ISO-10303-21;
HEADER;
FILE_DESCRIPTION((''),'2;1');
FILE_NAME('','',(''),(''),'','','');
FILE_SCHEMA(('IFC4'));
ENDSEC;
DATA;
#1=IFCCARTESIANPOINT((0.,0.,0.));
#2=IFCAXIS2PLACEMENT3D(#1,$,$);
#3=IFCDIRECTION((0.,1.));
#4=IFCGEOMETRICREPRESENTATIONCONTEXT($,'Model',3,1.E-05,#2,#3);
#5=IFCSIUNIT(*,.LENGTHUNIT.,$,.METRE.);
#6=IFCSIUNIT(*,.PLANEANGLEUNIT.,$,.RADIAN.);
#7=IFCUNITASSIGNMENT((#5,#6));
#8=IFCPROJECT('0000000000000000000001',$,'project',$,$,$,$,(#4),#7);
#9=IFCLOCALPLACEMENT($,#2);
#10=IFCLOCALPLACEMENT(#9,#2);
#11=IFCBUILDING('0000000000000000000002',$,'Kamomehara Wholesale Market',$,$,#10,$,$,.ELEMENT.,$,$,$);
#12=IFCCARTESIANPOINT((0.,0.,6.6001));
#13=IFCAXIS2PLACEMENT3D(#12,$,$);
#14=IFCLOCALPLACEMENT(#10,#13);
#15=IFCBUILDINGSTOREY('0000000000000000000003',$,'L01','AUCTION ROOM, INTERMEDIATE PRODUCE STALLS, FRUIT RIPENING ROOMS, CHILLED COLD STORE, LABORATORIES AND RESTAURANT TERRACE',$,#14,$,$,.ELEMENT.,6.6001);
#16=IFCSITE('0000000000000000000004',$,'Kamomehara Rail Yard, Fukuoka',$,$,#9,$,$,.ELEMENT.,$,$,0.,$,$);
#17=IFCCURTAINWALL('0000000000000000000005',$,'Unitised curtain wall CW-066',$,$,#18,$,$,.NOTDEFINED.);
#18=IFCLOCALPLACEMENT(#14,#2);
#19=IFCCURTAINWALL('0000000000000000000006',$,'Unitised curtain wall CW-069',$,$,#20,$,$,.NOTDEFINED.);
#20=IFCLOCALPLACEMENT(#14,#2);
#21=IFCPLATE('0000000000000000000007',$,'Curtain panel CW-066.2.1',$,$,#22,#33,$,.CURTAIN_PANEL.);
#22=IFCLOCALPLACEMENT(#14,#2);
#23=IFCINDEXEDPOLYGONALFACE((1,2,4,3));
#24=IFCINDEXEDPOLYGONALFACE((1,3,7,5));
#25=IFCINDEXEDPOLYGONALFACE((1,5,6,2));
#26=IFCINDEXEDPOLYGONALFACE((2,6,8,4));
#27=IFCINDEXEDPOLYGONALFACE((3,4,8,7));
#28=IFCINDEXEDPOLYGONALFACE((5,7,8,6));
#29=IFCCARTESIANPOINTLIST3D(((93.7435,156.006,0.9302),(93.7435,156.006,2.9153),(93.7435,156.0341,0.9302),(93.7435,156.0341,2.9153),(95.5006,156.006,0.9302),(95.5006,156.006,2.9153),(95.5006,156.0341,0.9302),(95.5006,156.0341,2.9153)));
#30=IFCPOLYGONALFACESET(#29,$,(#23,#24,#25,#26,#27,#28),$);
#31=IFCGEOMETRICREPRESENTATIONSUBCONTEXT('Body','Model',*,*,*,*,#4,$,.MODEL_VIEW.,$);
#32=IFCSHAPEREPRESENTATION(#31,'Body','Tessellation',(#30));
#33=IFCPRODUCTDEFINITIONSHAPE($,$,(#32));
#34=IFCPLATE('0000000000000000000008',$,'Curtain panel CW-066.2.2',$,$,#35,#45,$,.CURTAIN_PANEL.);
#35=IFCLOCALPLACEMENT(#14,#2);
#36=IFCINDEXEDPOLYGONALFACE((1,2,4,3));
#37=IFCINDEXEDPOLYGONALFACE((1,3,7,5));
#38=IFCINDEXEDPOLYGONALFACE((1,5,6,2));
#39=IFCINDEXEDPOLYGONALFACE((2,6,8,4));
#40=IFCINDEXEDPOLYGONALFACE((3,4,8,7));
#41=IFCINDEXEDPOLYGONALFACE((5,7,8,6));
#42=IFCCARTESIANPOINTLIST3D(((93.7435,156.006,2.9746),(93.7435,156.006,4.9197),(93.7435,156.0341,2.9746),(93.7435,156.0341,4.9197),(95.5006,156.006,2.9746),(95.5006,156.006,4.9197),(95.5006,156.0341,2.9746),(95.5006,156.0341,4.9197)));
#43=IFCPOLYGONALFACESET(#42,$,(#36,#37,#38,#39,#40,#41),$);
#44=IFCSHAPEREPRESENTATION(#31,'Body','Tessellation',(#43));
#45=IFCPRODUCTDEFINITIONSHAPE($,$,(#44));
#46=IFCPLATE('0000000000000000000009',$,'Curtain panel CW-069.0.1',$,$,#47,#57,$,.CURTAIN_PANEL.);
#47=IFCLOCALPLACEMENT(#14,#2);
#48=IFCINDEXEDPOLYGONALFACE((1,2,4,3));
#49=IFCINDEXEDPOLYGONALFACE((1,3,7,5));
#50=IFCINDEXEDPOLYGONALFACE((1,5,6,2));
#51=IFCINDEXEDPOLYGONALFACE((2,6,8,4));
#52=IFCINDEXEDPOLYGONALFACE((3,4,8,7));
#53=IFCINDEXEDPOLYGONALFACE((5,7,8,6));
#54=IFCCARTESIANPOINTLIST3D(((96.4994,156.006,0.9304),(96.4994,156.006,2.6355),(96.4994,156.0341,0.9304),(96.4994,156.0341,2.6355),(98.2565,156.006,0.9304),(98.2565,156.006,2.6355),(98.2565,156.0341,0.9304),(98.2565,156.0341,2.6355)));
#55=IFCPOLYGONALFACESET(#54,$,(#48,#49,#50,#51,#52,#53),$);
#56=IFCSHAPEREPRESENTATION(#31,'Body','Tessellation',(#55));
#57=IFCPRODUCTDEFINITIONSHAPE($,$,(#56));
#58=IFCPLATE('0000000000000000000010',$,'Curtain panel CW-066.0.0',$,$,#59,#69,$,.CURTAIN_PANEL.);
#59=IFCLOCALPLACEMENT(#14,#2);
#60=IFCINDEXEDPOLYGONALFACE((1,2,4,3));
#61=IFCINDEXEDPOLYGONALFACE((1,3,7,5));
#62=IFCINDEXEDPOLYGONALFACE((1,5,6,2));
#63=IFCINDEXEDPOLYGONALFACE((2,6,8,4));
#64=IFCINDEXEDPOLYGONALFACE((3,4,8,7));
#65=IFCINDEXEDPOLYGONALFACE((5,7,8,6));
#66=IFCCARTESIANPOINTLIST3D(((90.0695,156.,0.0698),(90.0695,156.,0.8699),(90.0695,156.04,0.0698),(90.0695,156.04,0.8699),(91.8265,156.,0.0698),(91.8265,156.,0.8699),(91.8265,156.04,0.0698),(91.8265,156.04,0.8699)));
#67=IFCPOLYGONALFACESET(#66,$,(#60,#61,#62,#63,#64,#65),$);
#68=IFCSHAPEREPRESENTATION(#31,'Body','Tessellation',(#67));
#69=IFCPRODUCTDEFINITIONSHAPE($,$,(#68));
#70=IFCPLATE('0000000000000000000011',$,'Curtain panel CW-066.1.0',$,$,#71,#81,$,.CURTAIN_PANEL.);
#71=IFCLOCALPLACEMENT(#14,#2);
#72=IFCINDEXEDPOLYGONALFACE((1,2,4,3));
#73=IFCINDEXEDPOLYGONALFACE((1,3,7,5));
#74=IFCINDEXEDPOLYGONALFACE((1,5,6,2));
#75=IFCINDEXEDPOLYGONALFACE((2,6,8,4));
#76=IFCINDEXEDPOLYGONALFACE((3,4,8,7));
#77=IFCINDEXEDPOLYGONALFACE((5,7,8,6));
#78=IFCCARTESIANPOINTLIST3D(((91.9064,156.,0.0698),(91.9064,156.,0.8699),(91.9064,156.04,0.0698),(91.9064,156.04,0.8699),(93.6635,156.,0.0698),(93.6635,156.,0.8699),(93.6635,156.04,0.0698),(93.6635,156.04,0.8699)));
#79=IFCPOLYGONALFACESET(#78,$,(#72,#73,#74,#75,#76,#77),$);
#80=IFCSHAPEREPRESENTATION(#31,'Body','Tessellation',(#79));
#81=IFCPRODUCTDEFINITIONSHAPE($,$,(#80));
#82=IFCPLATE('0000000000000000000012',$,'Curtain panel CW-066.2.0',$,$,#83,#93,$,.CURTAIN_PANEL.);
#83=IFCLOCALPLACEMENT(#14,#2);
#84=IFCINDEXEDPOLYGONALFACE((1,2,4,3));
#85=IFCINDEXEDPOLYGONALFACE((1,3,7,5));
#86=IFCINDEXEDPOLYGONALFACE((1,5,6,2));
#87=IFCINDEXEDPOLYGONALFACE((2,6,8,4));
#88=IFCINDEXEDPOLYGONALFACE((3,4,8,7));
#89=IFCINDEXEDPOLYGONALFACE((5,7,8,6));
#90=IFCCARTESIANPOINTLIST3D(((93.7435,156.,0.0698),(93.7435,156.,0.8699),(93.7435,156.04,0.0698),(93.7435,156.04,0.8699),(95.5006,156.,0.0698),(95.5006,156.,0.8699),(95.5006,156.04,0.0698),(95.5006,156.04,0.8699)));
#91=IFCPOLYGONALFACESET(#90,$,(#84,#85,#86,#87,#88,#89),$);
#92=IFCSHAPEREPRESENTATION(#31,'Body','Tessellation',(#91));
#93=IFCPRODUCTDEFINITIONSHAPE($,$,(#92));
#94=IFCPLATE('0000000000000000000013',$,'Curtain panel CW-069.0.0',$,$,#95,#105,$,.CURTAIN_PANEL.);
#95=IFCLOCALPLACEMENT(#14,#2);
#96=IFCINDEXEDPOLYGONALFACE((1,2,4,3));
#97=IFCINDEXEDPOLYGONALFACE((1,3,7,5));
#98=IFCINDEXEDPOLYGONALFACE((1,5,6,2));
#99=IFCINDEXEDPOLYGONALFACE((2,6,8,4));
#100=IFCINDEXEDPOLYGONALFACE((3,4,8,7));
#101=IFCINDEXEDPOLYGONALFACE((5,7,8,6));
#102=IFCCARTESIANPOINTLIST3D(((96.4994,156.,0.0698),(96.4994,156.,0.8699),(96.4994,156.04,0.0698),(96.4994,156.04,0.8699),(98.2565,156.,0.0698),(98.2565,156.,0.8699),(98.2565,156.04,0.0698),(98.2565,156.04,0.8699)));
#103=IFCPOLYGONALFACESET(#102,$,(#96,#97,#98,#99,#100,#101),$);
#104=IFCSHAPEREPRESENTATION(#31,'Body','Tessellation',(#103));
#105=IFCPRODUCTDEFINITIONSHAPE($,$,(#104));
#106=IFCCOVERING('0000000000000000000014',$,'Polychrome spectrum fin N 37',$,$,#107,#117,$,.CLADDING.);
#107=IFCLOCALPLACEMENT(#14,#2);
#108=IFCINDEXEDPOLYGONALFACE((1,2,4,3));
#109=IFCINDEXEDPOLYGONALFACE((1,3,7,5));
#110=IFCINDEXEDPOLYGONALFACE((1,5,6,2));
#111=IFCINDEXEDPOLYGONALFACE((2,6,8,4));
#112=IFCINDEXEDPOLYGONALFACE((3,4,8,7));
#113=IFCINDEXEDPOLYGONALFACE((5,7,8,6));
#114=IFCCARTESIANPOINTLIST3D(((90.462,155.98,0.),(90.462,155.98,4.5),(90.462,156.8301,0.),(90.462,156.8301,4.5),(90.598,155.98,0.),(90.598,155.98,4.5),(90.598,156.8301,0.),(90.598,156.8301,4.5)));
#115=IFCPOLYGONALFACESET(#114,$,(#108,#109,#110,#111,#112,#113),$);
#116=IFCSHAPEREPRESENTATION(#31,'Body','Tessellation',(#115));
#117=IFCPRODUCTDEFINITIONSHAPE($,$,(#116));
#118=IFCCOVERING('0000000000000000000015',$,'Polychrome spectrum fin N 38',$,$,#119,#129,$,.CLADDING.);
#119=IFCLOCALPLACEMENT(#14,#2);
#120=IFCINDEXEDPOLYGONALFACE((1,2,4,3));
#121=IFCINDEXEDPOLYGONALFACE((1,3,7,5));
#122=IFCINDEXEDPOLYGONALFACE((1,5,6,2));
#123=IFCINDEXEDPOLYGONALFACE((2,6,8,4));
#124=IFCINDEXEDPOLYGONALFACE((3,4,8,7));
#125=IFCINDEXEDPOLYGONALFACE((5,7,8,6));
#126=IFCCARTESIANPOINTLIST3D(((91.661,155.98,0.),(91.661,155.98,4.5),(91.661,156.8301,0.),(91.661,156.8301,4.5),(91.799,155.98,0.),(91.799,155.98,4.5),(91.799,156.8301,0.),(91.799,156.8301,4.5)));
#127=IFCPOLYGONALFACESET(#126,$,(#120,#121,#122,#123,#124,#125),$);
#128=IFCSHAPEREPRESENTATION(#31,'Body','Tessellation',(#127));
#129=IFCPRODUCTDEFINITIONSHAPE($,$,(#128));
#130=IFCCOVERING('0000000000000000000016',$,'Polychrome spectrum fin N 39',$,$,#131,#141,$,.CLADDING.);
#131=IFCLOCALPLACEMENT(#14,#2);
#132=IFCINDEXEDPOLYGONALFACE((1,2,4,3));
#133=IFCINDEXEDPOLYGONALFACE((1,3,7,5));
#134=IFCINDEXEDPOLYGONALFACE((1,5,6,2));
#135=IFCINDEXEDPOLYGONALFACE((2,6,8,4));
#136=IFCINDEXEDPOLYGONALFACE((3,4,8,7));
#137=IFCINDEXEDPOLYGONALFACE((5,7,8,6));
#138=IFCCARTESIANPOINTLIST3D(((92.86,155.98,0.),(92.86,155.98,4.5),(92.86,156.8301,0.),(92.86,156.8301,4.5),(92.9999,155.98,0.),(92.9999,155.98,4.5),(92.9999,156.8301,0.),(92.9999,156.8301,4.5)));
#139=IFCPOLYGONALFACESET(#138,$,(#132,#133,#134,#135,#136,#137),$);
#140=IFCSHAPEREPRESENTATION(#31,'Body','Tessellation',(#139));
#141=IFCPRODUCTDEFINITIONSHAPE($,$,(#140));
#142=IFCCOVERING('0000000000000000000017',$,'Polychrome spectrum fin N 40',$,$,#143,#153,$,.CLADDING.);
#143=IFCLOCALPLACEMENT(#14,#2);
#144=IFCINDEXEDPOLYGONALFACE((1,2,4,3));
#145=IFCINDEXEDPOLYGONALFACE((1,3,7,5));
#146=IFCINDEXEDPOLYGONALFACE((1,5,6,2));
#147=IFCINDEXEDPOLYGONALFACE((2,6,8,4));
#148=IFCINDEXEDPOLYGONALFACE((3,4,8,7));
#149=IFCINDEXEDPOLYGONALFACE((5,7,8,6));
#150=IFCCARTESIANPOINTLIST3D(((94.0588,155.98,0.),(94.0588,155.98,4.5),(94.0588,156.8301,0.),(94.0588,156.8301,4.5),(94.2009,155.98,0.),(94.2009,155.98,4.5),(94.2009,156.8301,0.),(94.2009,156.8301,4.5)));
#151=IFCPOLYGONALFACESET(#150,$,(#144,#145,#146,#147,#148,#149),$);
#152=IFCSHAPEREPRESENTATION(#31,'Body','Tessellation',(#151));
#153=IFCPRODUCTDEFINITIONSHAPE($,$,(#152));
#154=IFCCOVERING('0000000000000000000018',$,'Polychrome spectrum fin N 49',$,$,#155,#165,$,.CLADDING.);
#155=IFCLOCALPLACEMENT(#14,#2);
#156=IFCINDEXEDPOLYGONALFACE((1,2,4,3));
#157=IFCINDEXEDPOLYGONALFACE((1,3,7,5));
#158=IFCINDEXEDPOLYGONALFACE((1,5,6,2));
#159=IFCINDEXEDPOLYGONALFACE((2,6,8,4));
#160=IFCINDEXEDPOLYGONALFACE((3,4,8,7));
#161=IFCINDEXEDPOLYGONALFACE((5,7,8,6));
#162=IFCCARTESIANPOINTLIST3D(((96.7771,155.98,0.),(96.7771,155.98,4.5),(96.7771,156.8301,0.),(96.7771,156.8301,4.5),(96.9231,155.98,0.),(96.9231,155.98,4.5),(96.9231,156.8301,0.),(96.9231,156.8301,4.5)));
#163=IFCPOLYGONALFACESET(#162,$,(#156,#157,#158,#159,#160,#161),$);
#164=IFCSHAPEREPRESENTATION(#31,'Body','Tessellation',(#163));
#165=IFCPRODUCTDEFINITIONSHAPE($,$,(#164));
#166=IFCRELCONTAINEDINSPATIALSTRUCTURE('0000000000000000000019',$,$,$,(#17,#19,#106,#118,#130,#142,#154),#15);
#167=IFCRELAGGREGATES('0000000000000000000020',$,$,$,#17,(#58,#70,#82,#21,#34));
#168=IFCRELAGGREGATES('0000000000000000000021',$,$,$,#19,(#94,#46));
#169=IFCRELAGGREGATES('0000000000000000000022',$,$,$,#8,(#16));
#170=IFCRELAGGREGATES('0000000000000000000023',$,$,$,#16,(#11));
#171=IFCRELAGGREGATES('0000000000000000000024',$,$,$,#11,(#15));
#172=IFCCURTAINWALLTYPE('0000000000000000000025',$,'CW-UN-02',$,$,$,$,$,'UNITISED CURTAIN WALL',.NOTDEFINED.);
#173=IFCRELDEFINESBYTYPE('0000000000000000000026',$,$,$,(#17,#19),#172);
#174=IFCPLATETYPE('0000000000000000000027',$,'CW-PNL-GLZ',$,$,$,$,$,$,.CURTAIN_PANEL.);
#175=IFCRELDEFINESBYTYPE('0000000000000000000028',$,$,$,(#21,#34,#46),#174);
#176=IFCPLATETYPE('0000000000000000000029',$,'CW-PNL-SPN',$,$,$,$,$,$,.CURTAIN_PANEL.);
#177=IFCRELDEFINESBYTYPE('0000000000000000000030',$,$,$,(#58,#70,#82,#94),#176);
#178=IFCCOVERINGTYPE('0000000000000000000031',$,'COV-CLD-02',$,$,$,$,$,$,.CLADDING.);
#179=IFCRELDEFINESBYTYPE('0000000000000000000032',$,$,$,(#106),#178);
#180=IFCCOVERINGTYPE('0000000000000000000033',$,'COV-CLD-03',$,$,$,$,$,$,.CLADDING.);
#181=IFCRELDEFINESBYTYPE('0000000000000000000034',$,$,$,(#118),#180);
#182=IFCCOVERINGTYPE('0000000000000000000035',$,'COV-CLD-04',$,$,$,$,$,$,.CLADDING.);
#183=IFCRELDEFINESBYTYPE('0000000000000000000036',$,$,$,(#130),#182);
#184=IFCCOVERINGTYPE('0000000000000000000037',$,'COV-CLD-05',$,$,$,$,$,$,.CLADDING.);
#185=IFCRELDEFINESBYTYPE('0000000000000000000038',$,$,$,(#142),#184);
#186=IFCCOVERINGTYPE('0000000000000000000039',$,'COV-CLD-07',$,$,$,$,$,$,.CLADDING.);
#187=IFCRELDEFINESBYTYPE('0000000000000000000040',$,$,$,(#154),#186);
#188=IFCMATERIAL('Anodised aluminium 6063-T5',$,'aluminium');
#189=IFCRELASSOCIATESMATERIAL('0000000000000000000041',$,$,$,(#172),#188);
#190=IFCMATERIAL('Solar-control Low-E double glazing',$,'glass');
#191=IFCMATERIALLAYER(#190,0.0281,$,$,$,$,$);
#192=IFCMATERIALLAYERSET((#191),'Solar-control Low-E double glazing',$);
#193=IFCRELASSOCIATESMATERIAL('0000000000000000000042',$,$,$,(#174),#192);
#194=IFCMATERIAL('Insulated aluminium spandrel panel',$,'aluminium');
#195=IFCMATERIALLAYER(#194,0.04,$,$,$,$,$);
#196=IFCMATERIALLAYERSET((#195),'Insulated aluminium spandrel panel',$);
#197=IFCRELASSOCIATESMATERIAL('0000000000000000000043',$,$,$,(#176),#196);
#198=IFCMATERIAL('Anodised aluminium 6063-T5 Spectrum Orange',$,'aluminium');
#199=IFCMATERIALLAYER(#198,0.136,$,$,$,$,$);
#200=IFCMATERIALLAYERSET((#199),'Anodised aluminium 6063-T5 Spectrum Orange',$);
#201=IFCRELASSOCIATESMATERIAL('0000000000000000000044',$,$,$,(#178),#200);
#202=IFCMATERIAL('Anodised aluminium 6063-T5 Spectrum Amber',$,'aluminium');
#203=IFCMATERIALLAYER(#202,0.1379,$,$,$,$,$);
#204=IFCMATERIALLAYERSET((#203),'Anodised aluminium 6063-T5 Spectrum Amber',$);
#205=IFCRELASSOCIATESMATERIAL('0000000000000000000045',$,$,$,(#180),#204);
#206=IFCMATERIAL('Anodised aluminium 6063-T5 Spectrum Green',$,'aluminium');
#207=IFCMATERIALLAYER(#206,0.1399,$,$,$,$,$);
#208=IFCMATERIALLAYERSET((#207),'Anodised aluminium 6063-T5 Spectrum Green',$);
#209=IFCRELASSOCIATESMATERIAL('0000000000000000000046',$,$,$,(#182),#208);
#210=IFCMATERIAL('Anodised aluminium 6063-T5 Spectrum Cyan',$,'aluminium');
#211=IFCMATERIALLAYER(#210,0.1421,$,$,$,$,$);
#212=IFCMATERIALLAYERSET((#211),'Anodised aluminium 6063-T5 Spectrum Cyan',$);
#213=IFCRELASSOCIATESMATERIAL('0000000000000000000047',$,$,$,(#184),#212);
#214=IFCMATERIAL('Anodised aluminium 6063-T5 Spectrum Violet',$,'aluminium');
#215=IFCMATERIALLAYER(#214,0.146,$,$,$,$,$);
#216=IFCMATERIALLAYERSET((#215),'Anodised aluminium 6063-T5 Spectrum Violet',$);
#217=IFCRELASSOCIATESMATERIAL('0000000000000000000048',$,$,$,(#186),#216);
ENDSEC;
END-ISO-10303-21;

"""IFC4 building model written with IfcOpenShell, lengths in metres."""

from ifc_helpers import new_model, si_unit, direction, frame, origin, origin_2d, place, context, subcontext, project, spatial, rectangle, extrude, material, layer, layer_set, type_object, element, aggregate, save


model = new_model("IFC4")

# Units and contexts
model_context = context("Model", 3, precision=1e-05, world=origin(), true_north=direction((0.0, 1.0)))
body_context = subcontext(model_context, "Body", "Model", "MODEL_VIEW")
ifc_project = project(units=[si_unit("LENGTHUNIT", "METRE"), si_unit("PLANEANGLEUNIT", "RADIAN")], contexts=[model_context])

# Site, building, storey
site_placement = place(None, origin())
site = spatial("IfcSite", under=ifc_project, at=site_placement, Name="Kamomehara Rail Yard, Fukuoka", CompositionType="ELEMENT", RefElevation=0.0)
building_placement = place(site_placement, origin())
building = spatial("IfcBuilding", under=site, at=building_placement, Name="Kamomehara Wholesale Market", CompositionType="ELEMENT")
storey_placement = place(building_placement, frame((0.0, 0.0, 6.6001)))
storey = spatial("IfcBuildingStorey", under=building, at=storey_placement, Name="L01", Description="AUCTION ROOM, INTERMEDIATE PRODUCE STALLS, FRUIT RIPENING ROOMS, CHILLED COLD STORE, LABORATORIES AND RESTAURANT TERRACE", CompositionType="ELEMENT", Elevation=6.6001)

# Curtain walls
ifc_material_1 = material(Name="Anodised aluminium 6063-T5", Category="aluminium")
curtain_wall_type = type_object("IfcCurtainWallType", Name="CW-UN-02", ElementType="UNITISED CURTAIN WALL", PredefinedType="NOTDEFINED", material=ifc_material_1)
curtain_wall_1_placement = place(storey_placement, origin())
curtain_wall_1 = element("IfcCurtainWall", 1, at=curtain_wall_1_placement, inside=storey, type_object=curtain_wall_type, Name="Unitised curtain wall CW-066", PredefinedType="NOTDEFINED")
curtain_wall_2_placement = place(storey_placement, origin())
curtain_wall_2 = element("IfcCurtainWall", 2, at=curtain_wall_2_placement, inside=storey, type_object=curtain_wall_type, Name="Unitised curtain wall CW-069", PredefinedType="NOTDEFINED")

# Plates
ifc_material_2 = material(Name="Solar-control Low-E double glazing", Category="glass")
ifc_layer_1 = layer(ifc_material_2, 0.0281)
ifc_layer_set_1 = layer_set([ifc_layer_1], Name="Solar-control Low-E double glazing")
plate_type_1 = type_object("IfcPlateType", Name="CW-PNL-GLZ", PredefinedType="CURTAIN_PANEL", material=ifc_layer_set_1)
plate_1_placement = place(storey_placement, frame((94.6221, 156.02, 0.9302), z_axis=(0.0, 0.0, 1.0), x_axis=(1.0, 0.0, 0.0)))
plate_1 = element("IfcPlate", 3, at=plate_1_placement, type_object=plate_type_1, Name="Curtain panel CW-066.2.1", PredefinedType="CURTAIN_PANEL", context=body_context, shape_type="SweptSolid", body=[
    extrude(rectangle(XDim=1.7571, YDim=0.0281, at=origin_2d()), origin(), (0.0, 0.0, 1.0), 1.9851),
])
plate_2_placement = place(storey_placement, frame((94.6221, 156.02, 2.9746), z_axis=(0.0, 0.0, 1.0), x_axis=(1.0, 0.0, 0.0)))
plate_2 = element("IfcPlate", 4, at=plate_2_placement, type_object=plate_type_1, Name="Curtain panel CW-066.2.2", PredefinedType="CURTAIN_PANEL", context=body_context, shape_type="SweptSolid", body=[
    extrude(rectangle(XDim=1.7571, YDim=0.0281, at=origin_2d()), origin(), (0.0, 0.0, 1.0), 1.9451),
])
plate_3_placement = place(storey_placement, frame((97.3779, 156.02, 0.9304), z_axis=(0.0, 0.0, 1.0), x_axis=(1.0, 0.0, 0.0)))
plate_3 = element("IfcPlate", 5, at=plate_3_placement, type_object=plate_type_1, Name="Curtain panel CW-069.0.1", PredefinedType="CURTAIN_PANEL", context=body_context, shape_type="SweptSolid", body=[
    extrude(rectangle(XDim=1.7571, YDim=0.0281, at=origin_2d()), origin(), (0.0, 0.0, 1.0), 1.7051),
])
ifc_material_3 = material(Name="Insulated aluminium spandrel panel", Category="aluminium")
ifc_layer_2 = layer(ifc_material_3, 0.04)
ifc_layer_set_2 = layer_set([ifc_layer_2], Name="Insulated aluminium spandrel panel")
plate_type_2 = type_object("IfcPlateType", Name="CW-PNL-SPN", PredefinedType="CURTAIN_PANEL", material=ifc_layer_set_2)
plate_4_placement = place(storey_placement, frame((90.948, 156.02, 0.0698), z_axis=(0.0, 0.0, 1.0), x_axis=(1.0, 0.0, 0.0)))
plate_4 = element("IfcPlate", 6, at=plate_4_placement, type_object=plate_type_2, Name="Curtain panel CW-066.0.0", PredefinedType="CURTAIN_PANEL", context=body_context, shape_type="SweptSolid", body=[
    extrude(rectangle(XDim=1.7571, YDim=0.04, at=origin_2d()), origin(), (0.0, 0.0, 1.0), 0.8),
])
plate_5_placement = place(storey_placement, frame((92.7849, 156.02, 0.0698), z_axis=(0.0, 0.0, 1.0), x_axis=(1.0, 0.0, 0.0)))
plate_5 = element("IfcPlate", 7, at=plate_5_placement, type_object=plate_type_2, Name="Curtain panel CW-066.1.0", PredefinedType="CURTAIN_PANEL", context=body_context, shape_type="SweptSolid", body=[
    extrude(rectangle(XDim=1.7571, YDim=0.04, at=origin_2d()), origin(), (0.0, 0.0, 1.0), 0.8),
])
plate_6_placement = place(storey_placement, frame((94.6221, 156.02, 0.0698), z_axis=(0.0, 0.0, 1.0), x_axis=(1.0, 0.0, 0.0)))
plate_6 = element("IfcPlate", 8, at=plate_6_placement, type_object=plate_type_2, Name="Curtain panel CW-066.2.0", PredefinedType="CURTAIN_PANEL", context=body_context, shape_type="SweptSolid", body=[
    extrude(rectangle(XDim=1.7571, YDim=0.04, at=origin_2d()), origin(), (0.0, 0.0, 1.0), 0.8),
])
aggregate(curtain_wall_1, [plate_4, plate_5, plate_6, plate_1, plate_2])
plate_7_placement = place(storey_placement, frame((97.3779, 156.02, 0.0698), z_axis=(0.0, 0.0, 1.0), x_axis=(1.0, 0.0, 0.0)))
plate_7 = element("IfcPlate", 9, at=plate_7_placement, type_object=plate_type_2, Name="Curtain panel CW-069.0.0", PredefinedType="CURTAIN_PANEL", context=body_context, shape_type="SweptSolid", body=[
    extrude(rectangle(XDim=1.7571, YDim=0.04, at=origin_2d()), origin(), (0.0, 0.0, 1.0), 0.8),
])
aggregate(curtain_wall_2, [plate_7, plate_3])

# Coverings
ifc_material_4 = material(Name="Anodised aluminium 6063-T5 Spectrum Orange", Category="aluminium")
ifc_layer_3 = layer(ifc_material_4, 0.136)
ifc_layer_set_3 = layer_set([ifc_layer_3], Name="Anodised aluminium 6063-T5 Spectrum Orange")
covering_type_1 = type_object("IfcCoveringType", Name="COV-CLD-02", PredefinedType="CLADDING", material=ifc_layer_set_3)
covering_1_placement = place(storey_placement, frame((90.53, 156.405, 0.0), z_axis=(0.0, 0.0, 1.0), x_axis=(1.0, 0.0, 0.0)))
element("IfcCovering", 10, at=covering_1_placement, inside=storey, type_object=covering_type_1, Name="Polychrome spectrum fin N 37", PredefinedType="CLADDING", context=body_context, shape_type="SweptSolid", body=[
    extrude(rectangle(XDim=0.136, YDim=0.8501, at=origin_2d()), origin(), (0.0, 0.0, 1.0), 4.5),
])
ifc_material_5 = material(Name="Anodised aluminium 6063-T5 Spectrum Amber", Category="aluminium")
ifc_layer_4 = layer(ifc_material_5, 0.1379)
ifc_layer_set_4 = layer_set([ifc_layer_4], Name="Anodised aluminium 6063-T5 Spectrum Amber")
covering_type_2 = type_object("IfcCoveringType", Name="COV-CLD-03", PredefinedType="CLADDING", material=ifc_layer_set_4)
covering_2_placement = place(storey_placement, frame((91.73, 156.405, 0.0), z_axis=(0.0, 0.0, 1.0), x_axis=(1.0, 0.0, 0.0)))
element("IfcCovering", 11, at=covering_2_placement, inside=storey, type_object=covering_type_2, Name="Polychrome spectrum fin N 38", PredefinedType="CLADDING", context=body_context, shape_type="SweptSolid", body=[
    extrude(rectangle(XDim=0.1379, YDim=0.8501, at=origin_2d()), origin(), (0.0, 0.0, 1.0), 4.5),
])
ifc_material_6 = material(Name="Anodised aluminium 6063-T5 Spectrum Green", Category="aluminium")
ifc_layer_5 = layer(ifc_material_6, 0.1399)
ifc_layer_set_5 = layer_set([ifc_layer_5], Name="Anodised aluminium 6063-T5 Spectrum Green")
covering_type_3 = type_object("IfcCoveringType", Name="COV-CLD-04", PredefinedType="CLADDING", material=ifc_layer_set_5)
covering_3_placement = place(storey_placement, frame((92.9299, 156.405, 0.0), z_axis=(0.0, 0.0, 1.0), x_axis=(1.0, 0.0, 0.0)))
element("IfcCovering", 12, at=covering_3_placement, inside=storey, type_object=covering_type_3, Name="Polychrome spectrum fin N 39", PredefinedType="CLADDING", context=body_context, shape_type="SweptSolid", body=[
    extrude(rectangle(XDim=0.1399, YDim=0.8501, at=origin_2d()), origin(), (0.0, 0.0, 1.0), 4.5),
])
ifc_material_7 = material(Name="Anodised aluminium 6063-T5 Spectrum Cyan", Category="aluminium")
ifc_layer_6 = layer(ifc_material_7, 0.1421)
ifc_layer_set_6 = layer_set([ifc_layer_6], Name="Anodised aluminium 6063-T5 Spectrum Cyan")
covering_type_4 = type_object("IfcCoveringType", Name="COV-CLD-05", PredefinedType="CLADDING", material=ifc_layer_set_6)
covering_4_placement = place(storey_placement, frame((94.1299, 156.405, 0.0), z_axis=(0.0, 0.0, 1.0), x_axis=(1.0, 0.0, 0.0)))
element("IfcCovering", 13, at=covering_4_placement, inside=storey, type_object=covering_type_4, Name="Polychrome spectrum fin N 40", PredefinedType="CLADDING", context=body_context, shape_type="SweptSolid", body=[
    extrude(rectangle(XDim=0.1421, YDim=0.8501, at=origin_2d()), origin(), (0.0, 0.0, 1.0), 4.5),
])
ifc_material_8 = material(Name="Anodised aluminium 6063-T5 Spectrum Violet", Category="aluminium")
ifc_layer_7 = layer(ifc_material_8, 0.146)
ifc_layer_set_7 = layer_set([ifc_layer_7], Name="Anodised aluminium 6063-T5 Spectrum Violet")
covering_type_5 = type_object("IfcCoveringType", Name="COV-CLD-07", PredefinedType="CLADDING", material=ifc_layer_set_7)
covering_5_placement = place(storey_placement, frame((96.8501, 156.405, 0.0), z_axis=(0.0, 0.0, 1.0), x_axis=(1.0, 0.0, 0.0)))
element("IfcCovering", 14, at=covering_5_placement, inside=storey, type_object=covering_type_5, Name="Polychrome spectrum fin N 49", PredefinedType="CLADDING", context=body_context, shape_type="SweptSolid", body=[
    extrude(rectangle(XDim=0.146, YDim=0.8501, at=origin_2d()), origin(), (0.0, 0.0, 1.0), 4.5),
])

save(model, "model.ifc")
